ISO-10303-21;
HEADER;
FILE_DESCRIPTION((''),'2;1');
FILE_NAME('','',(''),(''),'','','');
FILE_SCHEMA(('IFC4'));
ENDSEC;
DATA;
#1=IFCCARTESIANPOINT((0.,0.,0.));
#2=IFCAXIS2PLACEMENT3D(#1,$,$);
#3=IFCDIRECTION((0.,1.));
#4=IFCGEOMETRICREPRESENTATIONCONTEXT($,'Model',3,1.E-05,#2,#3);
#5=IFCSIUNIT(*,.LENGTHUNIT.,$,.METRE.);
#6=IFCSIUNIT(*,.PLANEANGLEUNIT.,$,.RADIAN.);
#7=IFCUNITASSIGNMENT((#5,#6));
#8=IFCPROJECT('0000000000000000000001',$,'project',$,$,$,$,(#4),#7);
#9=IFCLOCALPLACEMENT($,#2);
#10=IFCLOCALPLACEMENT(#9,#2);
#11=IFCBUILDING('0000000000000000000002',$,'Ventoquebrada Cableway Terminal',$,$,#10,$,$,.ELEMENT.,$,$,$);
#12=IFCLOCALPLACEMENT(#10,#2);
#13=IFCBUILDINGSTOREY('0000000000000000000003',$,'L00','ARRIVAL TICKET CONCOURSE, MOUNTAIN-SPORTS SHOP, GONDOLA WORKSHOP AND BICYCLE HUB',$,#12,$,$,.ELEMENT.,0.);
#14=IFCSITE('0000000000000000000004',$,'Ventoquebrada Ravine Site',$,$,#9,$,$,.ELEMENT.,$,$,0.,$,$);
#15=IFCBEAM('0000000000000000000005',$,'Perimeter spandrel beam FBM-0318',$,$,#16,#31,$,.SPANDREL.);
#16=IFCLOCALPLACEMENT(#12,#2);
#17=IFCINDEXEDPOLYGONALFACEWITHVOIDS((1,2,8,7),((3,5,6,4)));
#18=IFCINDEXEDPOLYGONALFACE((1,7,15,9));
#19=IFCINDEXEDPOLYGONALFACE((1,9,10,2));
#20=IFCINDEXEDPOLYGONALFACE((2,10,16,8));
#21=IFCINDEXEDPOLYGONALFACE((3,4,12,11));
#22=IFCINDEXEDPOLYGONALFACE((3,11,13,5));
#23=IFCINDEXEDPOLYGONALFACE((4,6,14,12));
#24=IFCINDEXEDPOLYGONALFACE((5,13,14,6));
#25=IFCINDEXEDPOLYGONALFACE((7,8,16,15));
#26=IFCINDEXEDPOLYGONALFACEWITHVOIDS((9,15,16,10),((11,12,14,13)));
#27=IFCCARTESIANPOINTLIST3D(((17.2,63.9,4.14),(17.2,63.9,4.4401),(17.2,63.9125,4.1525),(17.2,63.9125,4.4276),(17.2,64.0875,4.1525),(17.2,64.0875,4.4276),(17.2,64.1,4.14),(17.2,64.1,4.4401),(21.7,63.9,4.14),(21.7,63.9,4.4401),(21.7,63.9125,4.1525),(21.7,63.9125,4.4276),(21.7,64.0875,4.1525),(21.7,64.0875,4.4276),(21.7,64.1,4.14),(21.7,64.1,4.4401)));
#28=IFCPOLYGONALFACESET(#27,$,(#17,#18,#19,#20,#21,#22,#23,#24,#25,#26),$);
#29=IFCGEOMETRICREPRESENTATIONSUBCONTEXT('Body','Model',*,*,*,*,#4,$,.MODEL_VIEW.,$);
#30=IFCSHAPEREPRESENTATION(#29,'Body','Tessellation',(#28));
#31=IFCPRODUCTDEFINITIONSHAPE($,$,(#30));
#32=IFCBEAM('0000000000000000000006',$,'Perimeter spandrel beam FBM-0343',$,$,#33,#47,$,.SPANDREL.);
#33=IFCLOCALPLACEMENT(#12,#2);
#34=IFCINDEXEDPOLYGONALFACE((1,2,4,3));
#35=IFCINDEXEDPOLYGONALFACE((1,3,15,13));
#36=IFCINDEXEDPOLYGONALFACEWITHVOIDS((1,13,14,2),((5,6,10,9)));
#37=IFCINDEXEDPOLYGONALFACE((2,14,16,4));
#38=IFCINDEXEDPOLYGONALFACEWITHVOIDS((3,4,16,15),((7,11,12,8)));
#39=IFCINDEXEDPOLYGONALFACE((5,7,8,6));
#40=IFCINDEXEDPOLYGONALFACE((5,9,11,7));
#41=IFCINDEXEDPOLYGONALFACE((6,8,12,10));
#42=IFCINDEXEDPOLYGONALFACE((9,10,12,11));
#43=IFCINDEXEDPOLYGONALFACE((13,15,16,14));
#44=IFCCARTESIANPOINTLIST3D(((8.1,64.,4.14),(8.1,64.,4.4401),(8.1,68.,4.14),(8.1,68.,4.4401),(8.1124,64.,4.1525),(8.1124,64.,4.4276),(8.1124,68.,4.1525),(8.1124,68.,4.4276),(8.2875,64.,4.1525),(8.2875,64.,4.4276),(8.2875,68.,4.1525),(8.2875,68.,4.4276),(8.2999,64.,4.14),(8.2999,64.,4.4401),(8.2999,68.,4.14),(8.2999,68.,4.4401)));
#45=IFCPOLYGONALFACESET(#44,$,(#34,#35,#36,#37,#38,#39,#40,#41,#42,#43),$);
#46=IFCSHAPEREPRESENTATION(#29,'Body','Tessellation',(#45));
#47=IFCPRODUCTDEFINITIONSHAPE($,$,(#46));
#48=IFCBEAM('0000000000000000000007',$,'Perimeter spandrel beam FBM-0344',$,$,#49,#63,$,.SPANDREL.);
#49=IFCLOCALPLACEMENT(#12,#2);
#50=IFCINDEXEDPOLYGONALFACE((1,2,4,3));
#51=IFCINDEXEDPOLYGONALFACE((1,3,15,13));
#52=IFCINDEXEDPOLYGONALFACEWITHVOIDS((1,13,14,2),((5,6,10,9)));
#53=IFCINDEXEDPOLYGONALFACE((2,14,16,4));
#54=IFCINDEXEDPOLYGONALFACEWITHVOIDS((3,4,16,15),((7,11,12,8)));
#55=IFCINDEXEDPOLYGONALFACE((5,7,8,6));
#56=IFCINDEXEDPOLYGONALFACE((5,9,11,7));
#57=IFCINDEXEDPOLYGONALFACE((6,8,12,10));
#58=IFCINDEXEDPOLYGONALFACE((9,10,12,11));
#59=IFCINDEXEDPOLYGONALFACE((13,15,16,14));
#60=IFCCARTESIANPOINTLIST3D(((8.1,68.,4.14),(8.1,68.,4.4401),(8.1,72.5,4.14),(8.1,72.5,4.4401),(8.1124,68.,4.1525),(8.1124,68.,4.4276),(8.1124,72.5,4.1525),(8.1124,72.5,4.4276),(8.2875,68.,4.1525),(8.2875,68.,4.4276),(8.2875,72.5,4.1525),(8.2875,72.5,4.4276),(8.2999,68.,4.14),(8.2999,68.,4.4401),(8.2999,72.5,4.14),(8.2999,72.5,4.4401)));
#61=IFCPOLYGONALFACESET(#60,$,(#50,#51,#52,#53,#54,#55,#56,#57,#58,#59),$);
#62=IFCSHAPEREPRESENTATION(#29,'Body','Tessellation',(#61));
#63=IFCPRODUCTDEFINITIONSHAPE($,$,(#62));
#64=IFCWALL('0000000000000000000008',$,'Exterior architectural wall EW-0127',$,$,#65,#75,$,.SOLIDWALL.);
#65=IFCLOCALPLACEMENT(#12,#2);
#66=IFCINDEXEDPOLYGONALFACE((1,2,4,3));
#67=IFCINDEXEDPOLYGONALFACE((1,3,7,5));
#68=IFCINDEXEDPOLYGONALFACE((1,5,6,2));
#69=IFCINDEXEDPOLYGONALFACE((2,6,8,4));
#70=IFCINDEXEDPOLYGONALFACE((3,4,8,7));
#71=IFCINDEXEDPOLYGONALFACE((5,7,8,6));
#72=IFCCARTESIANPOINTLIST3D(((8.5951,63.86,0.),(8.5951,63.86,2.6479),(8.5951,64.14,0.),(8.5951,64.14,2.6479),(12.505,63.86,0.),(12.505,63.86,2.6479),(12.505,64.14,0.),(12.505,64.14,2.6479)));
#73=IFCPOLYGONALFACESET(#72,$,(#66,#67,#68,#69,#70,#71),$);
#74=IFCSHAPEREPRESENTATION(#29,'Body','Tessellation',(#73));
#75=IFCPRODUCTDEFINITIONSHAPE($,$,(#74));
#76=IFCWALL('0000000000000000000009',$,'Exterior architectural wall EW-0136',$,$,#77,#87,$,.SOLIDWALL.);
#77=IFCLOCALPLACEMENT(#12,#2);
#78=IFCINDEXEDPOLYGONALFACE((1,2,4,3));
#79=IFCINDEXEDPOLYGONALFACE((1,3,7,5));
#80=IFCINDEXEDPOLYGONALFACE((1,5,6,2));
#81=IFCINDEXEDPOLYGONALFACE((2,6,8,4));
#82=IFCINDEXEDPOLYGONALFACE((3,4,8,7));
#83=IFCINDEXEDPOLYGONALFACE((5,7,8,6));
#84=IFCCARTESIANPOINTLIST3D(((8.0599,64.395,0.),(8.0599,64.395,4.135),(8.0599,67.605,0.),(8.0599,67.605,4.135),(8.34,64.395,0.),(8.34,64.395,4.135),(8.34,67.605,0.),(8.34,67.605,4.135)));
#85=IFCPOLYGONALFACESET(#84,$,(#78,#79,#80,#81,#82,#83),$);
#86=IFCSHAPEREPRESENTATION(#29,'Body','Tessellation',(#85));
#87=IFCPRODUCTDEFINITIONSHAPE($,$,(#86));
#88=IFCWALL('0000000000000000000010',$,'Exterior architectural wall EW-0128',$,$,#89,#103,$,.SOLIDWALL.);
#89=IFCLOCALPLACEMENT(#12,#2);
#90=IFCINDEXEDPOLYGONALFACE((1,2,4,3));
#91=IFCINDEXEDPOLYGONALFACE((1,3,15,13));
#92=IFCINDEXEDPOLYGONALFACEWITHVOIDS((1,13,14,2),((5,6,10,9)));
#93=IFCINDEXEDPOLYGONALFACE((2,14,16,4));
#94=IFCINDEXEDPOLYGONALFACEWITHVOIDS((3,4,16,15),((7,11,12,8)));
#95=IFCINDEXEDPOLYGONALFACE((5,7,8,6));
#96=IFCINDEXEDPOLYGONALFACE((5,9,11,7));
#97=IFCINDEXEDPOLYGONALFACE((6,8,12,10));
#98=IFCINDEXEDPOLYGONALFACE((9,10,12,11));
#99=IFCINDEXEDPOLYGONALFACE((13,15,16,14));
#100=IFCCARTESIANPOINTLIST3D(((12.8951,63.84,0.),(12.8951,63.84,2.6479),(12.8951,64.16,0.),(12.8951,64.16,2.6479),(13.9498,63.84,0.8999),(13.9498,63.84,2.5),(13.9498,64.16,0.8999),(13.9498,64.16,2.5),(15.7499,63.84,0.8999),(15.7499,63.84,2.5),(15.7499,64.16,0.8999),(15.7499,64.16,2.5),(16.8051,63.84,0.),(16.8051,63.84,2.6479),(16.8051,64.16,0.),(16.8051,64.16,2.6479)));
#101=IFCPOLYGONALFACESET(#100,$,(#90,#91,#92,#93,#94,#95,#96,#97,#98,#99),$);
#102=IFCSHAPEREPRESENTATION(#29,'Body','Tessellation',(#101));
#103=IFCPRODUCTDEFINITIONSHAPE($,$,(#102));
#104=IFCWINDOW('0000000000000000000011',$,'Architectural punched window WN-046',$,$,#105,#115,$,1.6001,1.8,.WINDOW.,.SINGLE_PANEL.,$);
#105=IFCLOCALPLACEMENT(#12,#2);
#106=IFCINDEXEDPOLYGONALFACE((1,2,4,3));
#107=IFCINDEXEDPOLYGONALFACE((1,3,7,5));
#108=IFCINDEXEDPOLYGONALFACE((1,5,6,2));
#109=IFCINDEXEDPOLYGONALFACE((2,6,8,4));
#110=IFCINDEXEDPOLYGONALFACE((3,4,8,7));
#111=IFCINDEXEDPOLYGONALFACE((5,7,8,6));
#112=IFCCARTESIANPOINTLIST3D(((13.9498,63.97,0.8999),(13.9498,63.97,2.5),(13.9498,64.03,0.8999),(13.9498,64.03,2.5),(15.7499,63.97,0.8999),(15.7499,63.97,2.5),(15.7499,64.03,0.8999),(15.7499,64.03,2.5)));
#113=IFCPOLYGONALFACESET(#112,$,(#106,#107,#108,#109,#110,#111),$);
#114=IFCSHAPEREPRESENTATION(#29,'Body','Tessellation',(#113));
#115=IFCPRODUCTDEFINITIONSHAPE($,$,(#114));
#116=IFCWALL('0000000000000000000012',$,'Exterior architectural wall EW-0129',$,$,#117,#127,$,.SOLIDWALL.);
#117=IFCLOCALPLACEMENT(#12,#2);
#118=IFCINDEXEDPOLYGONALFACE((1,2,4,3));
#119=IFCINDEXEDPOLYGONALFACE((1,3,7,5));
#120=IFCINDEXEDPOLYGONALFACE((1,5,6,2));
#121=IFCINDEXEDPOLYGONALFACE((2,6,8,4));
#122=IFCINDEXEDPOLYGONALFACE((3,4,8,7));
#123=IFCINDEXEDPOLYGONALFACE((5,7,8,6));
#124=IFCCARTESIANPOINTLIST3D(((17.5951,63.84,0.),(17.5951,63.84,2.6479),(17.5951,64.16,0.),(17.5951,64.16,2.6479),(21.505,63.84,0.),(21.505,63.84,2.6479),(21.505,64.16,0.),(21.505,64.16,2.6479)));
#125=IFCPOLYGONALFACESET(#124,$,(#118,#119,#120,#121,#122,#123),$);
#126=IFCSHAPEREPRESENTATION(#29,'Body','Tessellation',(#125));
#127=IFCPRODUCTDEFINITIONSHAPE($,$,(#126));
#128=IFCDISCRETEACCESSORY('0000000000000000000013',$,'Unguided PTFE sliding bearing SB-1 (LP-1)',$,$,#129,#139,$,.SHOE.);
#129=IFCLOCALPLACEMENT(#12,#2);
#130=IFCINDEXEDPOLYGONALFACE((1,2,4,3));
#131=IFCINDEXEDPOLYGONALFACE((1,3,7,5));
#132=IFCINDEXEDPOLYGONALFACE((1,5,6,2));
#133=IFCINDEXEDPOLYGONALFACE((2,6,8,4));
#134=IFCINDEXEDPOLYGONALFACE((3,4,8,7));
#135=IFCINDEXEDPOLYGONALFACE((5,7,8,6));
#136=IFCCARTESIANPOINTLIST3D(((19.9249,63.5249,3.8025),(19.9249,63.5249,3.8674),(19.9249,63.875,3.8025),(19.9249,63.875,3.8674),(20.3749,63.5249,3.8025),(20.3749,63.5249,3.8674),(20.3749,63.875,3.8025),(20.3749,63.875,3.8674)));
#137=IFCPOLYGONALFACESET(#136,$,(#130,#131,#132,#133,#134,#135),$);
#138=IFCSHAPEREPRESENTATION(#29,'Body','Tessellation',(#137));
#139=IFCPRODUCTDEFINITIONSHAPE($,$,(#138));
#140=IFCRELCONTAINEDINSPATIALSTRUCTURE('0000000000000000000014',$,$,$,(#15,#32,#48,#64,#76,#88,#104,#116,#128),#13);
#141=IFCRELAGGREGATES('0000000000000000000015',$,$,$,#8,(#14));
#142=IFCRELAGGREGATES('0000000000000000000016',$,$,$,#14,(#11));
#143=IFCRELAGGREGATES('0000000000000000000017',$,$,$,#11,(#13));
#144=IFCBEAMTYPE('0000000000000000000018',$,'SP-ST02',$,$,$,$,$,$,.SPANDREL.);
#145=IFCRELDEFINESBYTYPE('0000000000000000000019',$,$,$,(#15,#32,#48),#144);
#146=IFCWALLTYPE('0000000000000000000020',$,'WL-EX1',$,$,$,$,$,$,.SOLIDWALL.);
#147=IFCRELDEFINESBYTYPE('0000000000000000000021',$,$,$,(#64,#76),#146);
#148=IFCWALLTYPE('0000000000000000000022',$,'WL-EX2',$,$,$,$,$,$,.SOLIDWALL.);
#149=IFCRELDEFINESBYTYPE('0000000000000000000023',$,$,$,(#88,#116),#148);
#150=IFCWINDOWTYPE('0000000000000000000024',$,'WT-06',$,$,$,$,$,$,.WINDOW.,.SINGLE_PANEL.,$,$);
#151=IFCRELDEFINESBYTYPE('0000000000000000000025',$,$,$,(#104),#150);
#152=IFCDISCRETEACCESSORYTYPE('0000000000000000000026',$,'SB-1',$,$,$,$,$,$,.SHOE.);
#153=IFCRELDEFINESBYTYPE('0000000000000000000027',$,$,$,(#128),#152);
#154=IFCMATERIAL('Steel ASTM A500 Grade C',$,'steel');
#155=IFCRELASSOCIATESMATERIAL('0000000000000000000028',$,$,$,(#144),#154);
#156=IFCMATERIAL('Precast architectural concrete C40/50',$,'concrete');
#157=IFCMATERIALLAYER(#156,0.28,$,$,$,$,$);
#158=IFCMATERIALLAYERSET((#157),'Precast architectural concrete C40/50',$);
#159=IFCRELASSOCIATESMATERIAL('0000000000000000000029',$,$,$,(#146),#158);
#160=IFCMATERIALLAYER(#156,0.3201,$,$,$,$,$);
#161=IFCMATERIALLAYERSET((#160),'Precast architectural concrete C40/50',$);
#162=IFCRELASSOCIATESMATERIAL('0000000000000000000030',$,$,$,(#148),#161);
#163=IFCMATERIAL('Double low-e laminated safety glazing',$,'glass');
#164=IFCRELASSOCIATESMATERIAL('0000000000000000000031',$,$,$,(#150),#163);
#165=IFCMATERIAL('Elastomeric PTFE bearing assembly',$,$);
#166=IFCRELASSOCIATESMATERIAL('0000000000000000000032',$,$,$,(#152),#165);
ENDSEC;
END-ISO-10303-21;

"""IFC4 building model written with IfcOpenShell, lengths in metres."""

from ifc_helpers import new_model, si_unit, direction, frame, frame_2d, origin, origin_2d, place, context, subcontext, project, spatial, rectangle, hollow_rectangle, extrude, material, layer, layer_set, material_profile, profile_set, type_object, element, fill, save


model = new_model("IFC4")

# Units and contexts
model_context = context("Model", 3, precision=1e-05, world=origin(), true_north=direction((0.0, 1.0)))
body_context = subcontext(model_context, "Body", "Model", "MODEL_VIEW")
ifc_project = project(units=[si_unit("LENGTHUNIT", "METRE"), si_unit("PLANEANGLEUNIT", "RADIAN")], contexts=[model_context])

# Site, building, storey
site_placement = place(None, origin())
site = spatial("IfcSite", under=ifc_project, at=site_placement, Name="Ventoquebrada Ravine Site", CompositionType="ELEMENT", RefElevation=0.0)
building_placement = place(site_placement, origin())
building = spatial("IfcBuilding", under=site, at=building_placement, Name="Ventoquebrada Cableway Terminal", CompositionType="ELEMENT")
storey_placement = place(building_placement, origin())
storey = spatial("IfcBuildingStorey", under=building, at=storey_placement, Name="L00", Description="ARRIVAL TICKET CONCOURSE, MOUNTAIN-SPORTS SHOP, GONDOLA WORKSHOP AND BICYCLE HUB", CompositionType="ELEMENT", Elevation=0.0)

# Shared definitions
ifc_material_1 = material(Name="Steel ASTM A500 Grade C", Category="steel")

# Beams
ifc_material_profile_1 = material_profile(ifc_material_1, hollow_rectangle(XDim=0.2, YDim=0.3, WallThickness=0.0125, at=origin_2d()), Name="RHS300X200X12.5")
ifc_profile_set_1 = profile_set([ifc_material_profile_1], Name="Steel ASTM A500 Grade C")
beam_type_1 = type_object("IfcBeamType", Name="SP-ST02", PredefinedType="SPANDREL", material=ifc_profile_set_1)
for number, where, z_axis, x_axis, name in (
    (1, (17.2, 64.0, 4.29), (1.0, 0.0, 0.0), (0.0, 1.0, 0.0), "Perimeter spandrel beam FBM-0318"),
):
    element("IfcBeam", number, at=place(storey_placement, frame(where, z_axis=z_axis, x_axis=x_axis)), inside=storey, type_object=beam_type_1, Name=name, PredefinedType="SPANDREL", context=body_context, shape_type="SweptSolid", body=[
        extrude(hollow_rectangle(XDim=0.2, YDim=0.3, WallThickness=0.0125, at=origin_2d()), origin(), (0.0, 0.0, 1.0), 4.5),
    ])
beam_1_placement = place(storey_placement, frame((8.2, 64.0, 4.29), z_axis=(0.0, 1.0, 0.0), x_axis=(-1.0, 0.0, 0.0)))
element("IfcBeam", 2, at=beam_1_placement, inside=storey, type_object=beam_type_1, Name="Perimeter spandrel beam FBM-0343", PredefinedType="SPANDREL", context=body_context, shape_type="SweptSolid", body=[
    extrude(hollow_rectangle(XDim=0.2, YDim=0.3, WallThickness=0.0125, at=origin_2d()), origin(), (0.0, 0.0, 1.0), 4.0),
])
beam_2_placement = place(storey_placement, frame((8.2, 68.0, 4.29), z_axis=(0.0, 1.0, 0.0), x_axis=(-1.0, 0.0, 0.0)))
element("IfcBeam", 3, at=beam_2_placement, inside=storey, type_object=beam_type_1, Name="Perimeter spandrel beam FBM-0344", PredefinedType="SPANDREL", context=body_context, shape_type="SweptSolid", body=[
    extrude(hollow_rectangle(XDim=0.2, YDim=0.3, WallThickness=0.0125, at=origin_2d()), origin(), (0.0, 0.0, 1.0), 4.5),
])

# Walls
ifc_material_2 = material(Name="Precast architectural concrete C40/50", Category="concrete")
ifc_layer_1 = layer(ifc_material_2, 0.28)
ifc_layer_set_1 = layer_set([ifc_layer_1], Name="Precast architectural concrete C40/50")
wall_type_1 = type_object("IfcWallType", Name="WL-EX1", PredefinedType="SOLIDWALL", material=ifc_layer_set_1)
wall_1_placement = place(storey_placement, frame((8.595, 64.0, 0.0), z_axis=(0.0, 0.0, 1.0), x_axis=(1.0, 0.0, 0.0)))
element("IfcWall", 4, at=wall_1_placement, inside=storey, type_object=wall_type_1, Name="Exterior architectural wall EW-0127", PredefinedType="SOLIDWALL", context=body_context, shape_type="SweptSolid", body=[
    extrude(rectangle(XDim=3.9099, YDim=0.28, at=frame_2d((1.9551, 0.0))), origin(), (0.0, 0.0, 1.0), 2.6479),
])
wall_2_placement = place(storey_placement, frame((8.2, 67.605, 0.0), z_axis=(0.0, 0.0, 1.0), x_axis=(0.0, -1.0, 0.0)))
element("IfcWall", 5, at=wall_2_placement, inside=storey, type_object=wall_type_1, Name="Exterior architectural wall EW-0136", PredefinedType="SOLIDWALL", context=body_context, shape_type="SweptSolid", body=[
    extrude(rectangle(XDim=3.21, YDim=0.28, at=frame_2d((1.605, 0.0))), origin(), (0.0, 0.0, 1.0), 4.135),
])

# Wall, opening, window
ifc_layer_2 = layer(ifc_material_2, 0.3201)
ifc_layer_set_2 = layer_set([ifc_layer_2], Name="Precast architectural concrete C40/50")
wall_type_2 = type_object("IfcWallType", Name="WL-EX2", PredefinedType="SOLIDWALL", material=ifc_layer_set_2)
wall_3_placement = place(storey_placement, frame((12.895, 64.0, 0.0), z_axis=(0.0, 0.0, 1.0), x_axis=(1.0, 0.0, 0.0)))
wall_3 = element("IfcWall", 6, at=wall_3_placement, inside=storey, type_object=wall_type_2, Name="Exterior architectural wall EW-0128", PredefinedType="SOLIDWALL", context=body_context, shape_type="SweptSolid", body=[
    extrude(rectangle(XDim=3.9099, YDim=0.3201, at=frame_2d((1.9551, 0.0))), origin(), (0.0, 0.0, 1.0), 2.6479),
])
opening_placement = place(wall_3_placement, frame((1.0549, 0.0, 0.8999)))
opening = element("IfcOpeningElement", 7, at=opening_placement, cuts=wall_3, PredefinedType="OPENING", context=body_context, shape_type="SweptSolid", body=[
    extrude(rectangle(XDim=1.8, YDim=1.6001, at=frame_2d((0.8999, 0.8))), frame((0.0, 0.1699, 0.0), z_axis=(0.0, -1.0, 0.0), x_axis=(1.0, 0.0, 0.0)), (0.0, 0.0, 1.0), 0.3401),
])
ifc_material_3 = material(Name="Double low-e laminated safety glazing", Category="glass")
window_type = type_object("IfcWindowType", Name="WT-06", PartitioningType="SINGLE_PANEL", PredefinedType="WINDOW", material=ifc_material_3)
window_placement = place(opening_placement, origin())
window = element("IfcWindow", 8, at=window_placement, inside=storey, type_object=window_type, Name="Architectural punched window WN-046", OverallHeight=1.6001, OverallWidth=1.8, PartitioningType="SINGLE_PANEL", PredefinedType="WINDOW", context=body_context, shape_type="SweptSolid", body=[
    extrude(rectangle(XDim=1.8, YDim=1.6001, at=frame_2d((0.8999, 0.8))), frame((0.0, 0.03, 0.0), z_axis=(0.0, -1.0, 0.0), x_axis=(1.0, 0.0, 0.0)), (0.0, 0.0, 1.0), 0.0601),
])
fill(opening, window)

# Wall
wall_4_placement = place(storey_placement, frame((17.595, 64.0, 0.0), z_axis=(0.0, 0.0, 1.0), x_axis=(1.0, 0.0, 0.0)))
element("IfcWall", 9, at=wall_4_placement, inside=storey, type_object=wall_type_2, Name="Exterior architectural wall EW-0129", PredefinedType="SOLIDWALL", context=body_context, shape_type="SweptSolid", body=[
    extrude(rectangle(XDim=3.9099, YDim=0.3201, at=frame_2d((1.9551, 0.0))), origin(), (0.0, 0.0, 1.0), 2.6479),
])

# Discrete accessory
ifc_material_4 = material(Name="Elastomeric PTFE bearing assembly")
discrete_accessory_type = type_object("IfcDiscreteAccessoryType", Name="SB-1", PredefinedType="SHOE", material=ifc_material_4)
discrete_accessory_placement = place(storey_placement, frame((20.1499, 63.7, 3.8025), z_axis=(0.0, 0.0, 1.0), x_axis=(1.0, 0.0, 0.0)))
element("IfcDiscreteAccessory", 10, at=discrete_accessory_placement, inside=storey, type_object=discrete_accessory_type, Name="Unguided PTFE sliding bearing SB-1 (LP-1)", PredefinedType="SHOE", context=body_context, shape_type="SweptSolid", body=[
    extrude(rectangle(XDim=0.45, YDim=0.3501, at=origin_2d()), origin(), (0.0, 0.0, 1.0), 0.0649),
])

save(model, "model.ifc")
